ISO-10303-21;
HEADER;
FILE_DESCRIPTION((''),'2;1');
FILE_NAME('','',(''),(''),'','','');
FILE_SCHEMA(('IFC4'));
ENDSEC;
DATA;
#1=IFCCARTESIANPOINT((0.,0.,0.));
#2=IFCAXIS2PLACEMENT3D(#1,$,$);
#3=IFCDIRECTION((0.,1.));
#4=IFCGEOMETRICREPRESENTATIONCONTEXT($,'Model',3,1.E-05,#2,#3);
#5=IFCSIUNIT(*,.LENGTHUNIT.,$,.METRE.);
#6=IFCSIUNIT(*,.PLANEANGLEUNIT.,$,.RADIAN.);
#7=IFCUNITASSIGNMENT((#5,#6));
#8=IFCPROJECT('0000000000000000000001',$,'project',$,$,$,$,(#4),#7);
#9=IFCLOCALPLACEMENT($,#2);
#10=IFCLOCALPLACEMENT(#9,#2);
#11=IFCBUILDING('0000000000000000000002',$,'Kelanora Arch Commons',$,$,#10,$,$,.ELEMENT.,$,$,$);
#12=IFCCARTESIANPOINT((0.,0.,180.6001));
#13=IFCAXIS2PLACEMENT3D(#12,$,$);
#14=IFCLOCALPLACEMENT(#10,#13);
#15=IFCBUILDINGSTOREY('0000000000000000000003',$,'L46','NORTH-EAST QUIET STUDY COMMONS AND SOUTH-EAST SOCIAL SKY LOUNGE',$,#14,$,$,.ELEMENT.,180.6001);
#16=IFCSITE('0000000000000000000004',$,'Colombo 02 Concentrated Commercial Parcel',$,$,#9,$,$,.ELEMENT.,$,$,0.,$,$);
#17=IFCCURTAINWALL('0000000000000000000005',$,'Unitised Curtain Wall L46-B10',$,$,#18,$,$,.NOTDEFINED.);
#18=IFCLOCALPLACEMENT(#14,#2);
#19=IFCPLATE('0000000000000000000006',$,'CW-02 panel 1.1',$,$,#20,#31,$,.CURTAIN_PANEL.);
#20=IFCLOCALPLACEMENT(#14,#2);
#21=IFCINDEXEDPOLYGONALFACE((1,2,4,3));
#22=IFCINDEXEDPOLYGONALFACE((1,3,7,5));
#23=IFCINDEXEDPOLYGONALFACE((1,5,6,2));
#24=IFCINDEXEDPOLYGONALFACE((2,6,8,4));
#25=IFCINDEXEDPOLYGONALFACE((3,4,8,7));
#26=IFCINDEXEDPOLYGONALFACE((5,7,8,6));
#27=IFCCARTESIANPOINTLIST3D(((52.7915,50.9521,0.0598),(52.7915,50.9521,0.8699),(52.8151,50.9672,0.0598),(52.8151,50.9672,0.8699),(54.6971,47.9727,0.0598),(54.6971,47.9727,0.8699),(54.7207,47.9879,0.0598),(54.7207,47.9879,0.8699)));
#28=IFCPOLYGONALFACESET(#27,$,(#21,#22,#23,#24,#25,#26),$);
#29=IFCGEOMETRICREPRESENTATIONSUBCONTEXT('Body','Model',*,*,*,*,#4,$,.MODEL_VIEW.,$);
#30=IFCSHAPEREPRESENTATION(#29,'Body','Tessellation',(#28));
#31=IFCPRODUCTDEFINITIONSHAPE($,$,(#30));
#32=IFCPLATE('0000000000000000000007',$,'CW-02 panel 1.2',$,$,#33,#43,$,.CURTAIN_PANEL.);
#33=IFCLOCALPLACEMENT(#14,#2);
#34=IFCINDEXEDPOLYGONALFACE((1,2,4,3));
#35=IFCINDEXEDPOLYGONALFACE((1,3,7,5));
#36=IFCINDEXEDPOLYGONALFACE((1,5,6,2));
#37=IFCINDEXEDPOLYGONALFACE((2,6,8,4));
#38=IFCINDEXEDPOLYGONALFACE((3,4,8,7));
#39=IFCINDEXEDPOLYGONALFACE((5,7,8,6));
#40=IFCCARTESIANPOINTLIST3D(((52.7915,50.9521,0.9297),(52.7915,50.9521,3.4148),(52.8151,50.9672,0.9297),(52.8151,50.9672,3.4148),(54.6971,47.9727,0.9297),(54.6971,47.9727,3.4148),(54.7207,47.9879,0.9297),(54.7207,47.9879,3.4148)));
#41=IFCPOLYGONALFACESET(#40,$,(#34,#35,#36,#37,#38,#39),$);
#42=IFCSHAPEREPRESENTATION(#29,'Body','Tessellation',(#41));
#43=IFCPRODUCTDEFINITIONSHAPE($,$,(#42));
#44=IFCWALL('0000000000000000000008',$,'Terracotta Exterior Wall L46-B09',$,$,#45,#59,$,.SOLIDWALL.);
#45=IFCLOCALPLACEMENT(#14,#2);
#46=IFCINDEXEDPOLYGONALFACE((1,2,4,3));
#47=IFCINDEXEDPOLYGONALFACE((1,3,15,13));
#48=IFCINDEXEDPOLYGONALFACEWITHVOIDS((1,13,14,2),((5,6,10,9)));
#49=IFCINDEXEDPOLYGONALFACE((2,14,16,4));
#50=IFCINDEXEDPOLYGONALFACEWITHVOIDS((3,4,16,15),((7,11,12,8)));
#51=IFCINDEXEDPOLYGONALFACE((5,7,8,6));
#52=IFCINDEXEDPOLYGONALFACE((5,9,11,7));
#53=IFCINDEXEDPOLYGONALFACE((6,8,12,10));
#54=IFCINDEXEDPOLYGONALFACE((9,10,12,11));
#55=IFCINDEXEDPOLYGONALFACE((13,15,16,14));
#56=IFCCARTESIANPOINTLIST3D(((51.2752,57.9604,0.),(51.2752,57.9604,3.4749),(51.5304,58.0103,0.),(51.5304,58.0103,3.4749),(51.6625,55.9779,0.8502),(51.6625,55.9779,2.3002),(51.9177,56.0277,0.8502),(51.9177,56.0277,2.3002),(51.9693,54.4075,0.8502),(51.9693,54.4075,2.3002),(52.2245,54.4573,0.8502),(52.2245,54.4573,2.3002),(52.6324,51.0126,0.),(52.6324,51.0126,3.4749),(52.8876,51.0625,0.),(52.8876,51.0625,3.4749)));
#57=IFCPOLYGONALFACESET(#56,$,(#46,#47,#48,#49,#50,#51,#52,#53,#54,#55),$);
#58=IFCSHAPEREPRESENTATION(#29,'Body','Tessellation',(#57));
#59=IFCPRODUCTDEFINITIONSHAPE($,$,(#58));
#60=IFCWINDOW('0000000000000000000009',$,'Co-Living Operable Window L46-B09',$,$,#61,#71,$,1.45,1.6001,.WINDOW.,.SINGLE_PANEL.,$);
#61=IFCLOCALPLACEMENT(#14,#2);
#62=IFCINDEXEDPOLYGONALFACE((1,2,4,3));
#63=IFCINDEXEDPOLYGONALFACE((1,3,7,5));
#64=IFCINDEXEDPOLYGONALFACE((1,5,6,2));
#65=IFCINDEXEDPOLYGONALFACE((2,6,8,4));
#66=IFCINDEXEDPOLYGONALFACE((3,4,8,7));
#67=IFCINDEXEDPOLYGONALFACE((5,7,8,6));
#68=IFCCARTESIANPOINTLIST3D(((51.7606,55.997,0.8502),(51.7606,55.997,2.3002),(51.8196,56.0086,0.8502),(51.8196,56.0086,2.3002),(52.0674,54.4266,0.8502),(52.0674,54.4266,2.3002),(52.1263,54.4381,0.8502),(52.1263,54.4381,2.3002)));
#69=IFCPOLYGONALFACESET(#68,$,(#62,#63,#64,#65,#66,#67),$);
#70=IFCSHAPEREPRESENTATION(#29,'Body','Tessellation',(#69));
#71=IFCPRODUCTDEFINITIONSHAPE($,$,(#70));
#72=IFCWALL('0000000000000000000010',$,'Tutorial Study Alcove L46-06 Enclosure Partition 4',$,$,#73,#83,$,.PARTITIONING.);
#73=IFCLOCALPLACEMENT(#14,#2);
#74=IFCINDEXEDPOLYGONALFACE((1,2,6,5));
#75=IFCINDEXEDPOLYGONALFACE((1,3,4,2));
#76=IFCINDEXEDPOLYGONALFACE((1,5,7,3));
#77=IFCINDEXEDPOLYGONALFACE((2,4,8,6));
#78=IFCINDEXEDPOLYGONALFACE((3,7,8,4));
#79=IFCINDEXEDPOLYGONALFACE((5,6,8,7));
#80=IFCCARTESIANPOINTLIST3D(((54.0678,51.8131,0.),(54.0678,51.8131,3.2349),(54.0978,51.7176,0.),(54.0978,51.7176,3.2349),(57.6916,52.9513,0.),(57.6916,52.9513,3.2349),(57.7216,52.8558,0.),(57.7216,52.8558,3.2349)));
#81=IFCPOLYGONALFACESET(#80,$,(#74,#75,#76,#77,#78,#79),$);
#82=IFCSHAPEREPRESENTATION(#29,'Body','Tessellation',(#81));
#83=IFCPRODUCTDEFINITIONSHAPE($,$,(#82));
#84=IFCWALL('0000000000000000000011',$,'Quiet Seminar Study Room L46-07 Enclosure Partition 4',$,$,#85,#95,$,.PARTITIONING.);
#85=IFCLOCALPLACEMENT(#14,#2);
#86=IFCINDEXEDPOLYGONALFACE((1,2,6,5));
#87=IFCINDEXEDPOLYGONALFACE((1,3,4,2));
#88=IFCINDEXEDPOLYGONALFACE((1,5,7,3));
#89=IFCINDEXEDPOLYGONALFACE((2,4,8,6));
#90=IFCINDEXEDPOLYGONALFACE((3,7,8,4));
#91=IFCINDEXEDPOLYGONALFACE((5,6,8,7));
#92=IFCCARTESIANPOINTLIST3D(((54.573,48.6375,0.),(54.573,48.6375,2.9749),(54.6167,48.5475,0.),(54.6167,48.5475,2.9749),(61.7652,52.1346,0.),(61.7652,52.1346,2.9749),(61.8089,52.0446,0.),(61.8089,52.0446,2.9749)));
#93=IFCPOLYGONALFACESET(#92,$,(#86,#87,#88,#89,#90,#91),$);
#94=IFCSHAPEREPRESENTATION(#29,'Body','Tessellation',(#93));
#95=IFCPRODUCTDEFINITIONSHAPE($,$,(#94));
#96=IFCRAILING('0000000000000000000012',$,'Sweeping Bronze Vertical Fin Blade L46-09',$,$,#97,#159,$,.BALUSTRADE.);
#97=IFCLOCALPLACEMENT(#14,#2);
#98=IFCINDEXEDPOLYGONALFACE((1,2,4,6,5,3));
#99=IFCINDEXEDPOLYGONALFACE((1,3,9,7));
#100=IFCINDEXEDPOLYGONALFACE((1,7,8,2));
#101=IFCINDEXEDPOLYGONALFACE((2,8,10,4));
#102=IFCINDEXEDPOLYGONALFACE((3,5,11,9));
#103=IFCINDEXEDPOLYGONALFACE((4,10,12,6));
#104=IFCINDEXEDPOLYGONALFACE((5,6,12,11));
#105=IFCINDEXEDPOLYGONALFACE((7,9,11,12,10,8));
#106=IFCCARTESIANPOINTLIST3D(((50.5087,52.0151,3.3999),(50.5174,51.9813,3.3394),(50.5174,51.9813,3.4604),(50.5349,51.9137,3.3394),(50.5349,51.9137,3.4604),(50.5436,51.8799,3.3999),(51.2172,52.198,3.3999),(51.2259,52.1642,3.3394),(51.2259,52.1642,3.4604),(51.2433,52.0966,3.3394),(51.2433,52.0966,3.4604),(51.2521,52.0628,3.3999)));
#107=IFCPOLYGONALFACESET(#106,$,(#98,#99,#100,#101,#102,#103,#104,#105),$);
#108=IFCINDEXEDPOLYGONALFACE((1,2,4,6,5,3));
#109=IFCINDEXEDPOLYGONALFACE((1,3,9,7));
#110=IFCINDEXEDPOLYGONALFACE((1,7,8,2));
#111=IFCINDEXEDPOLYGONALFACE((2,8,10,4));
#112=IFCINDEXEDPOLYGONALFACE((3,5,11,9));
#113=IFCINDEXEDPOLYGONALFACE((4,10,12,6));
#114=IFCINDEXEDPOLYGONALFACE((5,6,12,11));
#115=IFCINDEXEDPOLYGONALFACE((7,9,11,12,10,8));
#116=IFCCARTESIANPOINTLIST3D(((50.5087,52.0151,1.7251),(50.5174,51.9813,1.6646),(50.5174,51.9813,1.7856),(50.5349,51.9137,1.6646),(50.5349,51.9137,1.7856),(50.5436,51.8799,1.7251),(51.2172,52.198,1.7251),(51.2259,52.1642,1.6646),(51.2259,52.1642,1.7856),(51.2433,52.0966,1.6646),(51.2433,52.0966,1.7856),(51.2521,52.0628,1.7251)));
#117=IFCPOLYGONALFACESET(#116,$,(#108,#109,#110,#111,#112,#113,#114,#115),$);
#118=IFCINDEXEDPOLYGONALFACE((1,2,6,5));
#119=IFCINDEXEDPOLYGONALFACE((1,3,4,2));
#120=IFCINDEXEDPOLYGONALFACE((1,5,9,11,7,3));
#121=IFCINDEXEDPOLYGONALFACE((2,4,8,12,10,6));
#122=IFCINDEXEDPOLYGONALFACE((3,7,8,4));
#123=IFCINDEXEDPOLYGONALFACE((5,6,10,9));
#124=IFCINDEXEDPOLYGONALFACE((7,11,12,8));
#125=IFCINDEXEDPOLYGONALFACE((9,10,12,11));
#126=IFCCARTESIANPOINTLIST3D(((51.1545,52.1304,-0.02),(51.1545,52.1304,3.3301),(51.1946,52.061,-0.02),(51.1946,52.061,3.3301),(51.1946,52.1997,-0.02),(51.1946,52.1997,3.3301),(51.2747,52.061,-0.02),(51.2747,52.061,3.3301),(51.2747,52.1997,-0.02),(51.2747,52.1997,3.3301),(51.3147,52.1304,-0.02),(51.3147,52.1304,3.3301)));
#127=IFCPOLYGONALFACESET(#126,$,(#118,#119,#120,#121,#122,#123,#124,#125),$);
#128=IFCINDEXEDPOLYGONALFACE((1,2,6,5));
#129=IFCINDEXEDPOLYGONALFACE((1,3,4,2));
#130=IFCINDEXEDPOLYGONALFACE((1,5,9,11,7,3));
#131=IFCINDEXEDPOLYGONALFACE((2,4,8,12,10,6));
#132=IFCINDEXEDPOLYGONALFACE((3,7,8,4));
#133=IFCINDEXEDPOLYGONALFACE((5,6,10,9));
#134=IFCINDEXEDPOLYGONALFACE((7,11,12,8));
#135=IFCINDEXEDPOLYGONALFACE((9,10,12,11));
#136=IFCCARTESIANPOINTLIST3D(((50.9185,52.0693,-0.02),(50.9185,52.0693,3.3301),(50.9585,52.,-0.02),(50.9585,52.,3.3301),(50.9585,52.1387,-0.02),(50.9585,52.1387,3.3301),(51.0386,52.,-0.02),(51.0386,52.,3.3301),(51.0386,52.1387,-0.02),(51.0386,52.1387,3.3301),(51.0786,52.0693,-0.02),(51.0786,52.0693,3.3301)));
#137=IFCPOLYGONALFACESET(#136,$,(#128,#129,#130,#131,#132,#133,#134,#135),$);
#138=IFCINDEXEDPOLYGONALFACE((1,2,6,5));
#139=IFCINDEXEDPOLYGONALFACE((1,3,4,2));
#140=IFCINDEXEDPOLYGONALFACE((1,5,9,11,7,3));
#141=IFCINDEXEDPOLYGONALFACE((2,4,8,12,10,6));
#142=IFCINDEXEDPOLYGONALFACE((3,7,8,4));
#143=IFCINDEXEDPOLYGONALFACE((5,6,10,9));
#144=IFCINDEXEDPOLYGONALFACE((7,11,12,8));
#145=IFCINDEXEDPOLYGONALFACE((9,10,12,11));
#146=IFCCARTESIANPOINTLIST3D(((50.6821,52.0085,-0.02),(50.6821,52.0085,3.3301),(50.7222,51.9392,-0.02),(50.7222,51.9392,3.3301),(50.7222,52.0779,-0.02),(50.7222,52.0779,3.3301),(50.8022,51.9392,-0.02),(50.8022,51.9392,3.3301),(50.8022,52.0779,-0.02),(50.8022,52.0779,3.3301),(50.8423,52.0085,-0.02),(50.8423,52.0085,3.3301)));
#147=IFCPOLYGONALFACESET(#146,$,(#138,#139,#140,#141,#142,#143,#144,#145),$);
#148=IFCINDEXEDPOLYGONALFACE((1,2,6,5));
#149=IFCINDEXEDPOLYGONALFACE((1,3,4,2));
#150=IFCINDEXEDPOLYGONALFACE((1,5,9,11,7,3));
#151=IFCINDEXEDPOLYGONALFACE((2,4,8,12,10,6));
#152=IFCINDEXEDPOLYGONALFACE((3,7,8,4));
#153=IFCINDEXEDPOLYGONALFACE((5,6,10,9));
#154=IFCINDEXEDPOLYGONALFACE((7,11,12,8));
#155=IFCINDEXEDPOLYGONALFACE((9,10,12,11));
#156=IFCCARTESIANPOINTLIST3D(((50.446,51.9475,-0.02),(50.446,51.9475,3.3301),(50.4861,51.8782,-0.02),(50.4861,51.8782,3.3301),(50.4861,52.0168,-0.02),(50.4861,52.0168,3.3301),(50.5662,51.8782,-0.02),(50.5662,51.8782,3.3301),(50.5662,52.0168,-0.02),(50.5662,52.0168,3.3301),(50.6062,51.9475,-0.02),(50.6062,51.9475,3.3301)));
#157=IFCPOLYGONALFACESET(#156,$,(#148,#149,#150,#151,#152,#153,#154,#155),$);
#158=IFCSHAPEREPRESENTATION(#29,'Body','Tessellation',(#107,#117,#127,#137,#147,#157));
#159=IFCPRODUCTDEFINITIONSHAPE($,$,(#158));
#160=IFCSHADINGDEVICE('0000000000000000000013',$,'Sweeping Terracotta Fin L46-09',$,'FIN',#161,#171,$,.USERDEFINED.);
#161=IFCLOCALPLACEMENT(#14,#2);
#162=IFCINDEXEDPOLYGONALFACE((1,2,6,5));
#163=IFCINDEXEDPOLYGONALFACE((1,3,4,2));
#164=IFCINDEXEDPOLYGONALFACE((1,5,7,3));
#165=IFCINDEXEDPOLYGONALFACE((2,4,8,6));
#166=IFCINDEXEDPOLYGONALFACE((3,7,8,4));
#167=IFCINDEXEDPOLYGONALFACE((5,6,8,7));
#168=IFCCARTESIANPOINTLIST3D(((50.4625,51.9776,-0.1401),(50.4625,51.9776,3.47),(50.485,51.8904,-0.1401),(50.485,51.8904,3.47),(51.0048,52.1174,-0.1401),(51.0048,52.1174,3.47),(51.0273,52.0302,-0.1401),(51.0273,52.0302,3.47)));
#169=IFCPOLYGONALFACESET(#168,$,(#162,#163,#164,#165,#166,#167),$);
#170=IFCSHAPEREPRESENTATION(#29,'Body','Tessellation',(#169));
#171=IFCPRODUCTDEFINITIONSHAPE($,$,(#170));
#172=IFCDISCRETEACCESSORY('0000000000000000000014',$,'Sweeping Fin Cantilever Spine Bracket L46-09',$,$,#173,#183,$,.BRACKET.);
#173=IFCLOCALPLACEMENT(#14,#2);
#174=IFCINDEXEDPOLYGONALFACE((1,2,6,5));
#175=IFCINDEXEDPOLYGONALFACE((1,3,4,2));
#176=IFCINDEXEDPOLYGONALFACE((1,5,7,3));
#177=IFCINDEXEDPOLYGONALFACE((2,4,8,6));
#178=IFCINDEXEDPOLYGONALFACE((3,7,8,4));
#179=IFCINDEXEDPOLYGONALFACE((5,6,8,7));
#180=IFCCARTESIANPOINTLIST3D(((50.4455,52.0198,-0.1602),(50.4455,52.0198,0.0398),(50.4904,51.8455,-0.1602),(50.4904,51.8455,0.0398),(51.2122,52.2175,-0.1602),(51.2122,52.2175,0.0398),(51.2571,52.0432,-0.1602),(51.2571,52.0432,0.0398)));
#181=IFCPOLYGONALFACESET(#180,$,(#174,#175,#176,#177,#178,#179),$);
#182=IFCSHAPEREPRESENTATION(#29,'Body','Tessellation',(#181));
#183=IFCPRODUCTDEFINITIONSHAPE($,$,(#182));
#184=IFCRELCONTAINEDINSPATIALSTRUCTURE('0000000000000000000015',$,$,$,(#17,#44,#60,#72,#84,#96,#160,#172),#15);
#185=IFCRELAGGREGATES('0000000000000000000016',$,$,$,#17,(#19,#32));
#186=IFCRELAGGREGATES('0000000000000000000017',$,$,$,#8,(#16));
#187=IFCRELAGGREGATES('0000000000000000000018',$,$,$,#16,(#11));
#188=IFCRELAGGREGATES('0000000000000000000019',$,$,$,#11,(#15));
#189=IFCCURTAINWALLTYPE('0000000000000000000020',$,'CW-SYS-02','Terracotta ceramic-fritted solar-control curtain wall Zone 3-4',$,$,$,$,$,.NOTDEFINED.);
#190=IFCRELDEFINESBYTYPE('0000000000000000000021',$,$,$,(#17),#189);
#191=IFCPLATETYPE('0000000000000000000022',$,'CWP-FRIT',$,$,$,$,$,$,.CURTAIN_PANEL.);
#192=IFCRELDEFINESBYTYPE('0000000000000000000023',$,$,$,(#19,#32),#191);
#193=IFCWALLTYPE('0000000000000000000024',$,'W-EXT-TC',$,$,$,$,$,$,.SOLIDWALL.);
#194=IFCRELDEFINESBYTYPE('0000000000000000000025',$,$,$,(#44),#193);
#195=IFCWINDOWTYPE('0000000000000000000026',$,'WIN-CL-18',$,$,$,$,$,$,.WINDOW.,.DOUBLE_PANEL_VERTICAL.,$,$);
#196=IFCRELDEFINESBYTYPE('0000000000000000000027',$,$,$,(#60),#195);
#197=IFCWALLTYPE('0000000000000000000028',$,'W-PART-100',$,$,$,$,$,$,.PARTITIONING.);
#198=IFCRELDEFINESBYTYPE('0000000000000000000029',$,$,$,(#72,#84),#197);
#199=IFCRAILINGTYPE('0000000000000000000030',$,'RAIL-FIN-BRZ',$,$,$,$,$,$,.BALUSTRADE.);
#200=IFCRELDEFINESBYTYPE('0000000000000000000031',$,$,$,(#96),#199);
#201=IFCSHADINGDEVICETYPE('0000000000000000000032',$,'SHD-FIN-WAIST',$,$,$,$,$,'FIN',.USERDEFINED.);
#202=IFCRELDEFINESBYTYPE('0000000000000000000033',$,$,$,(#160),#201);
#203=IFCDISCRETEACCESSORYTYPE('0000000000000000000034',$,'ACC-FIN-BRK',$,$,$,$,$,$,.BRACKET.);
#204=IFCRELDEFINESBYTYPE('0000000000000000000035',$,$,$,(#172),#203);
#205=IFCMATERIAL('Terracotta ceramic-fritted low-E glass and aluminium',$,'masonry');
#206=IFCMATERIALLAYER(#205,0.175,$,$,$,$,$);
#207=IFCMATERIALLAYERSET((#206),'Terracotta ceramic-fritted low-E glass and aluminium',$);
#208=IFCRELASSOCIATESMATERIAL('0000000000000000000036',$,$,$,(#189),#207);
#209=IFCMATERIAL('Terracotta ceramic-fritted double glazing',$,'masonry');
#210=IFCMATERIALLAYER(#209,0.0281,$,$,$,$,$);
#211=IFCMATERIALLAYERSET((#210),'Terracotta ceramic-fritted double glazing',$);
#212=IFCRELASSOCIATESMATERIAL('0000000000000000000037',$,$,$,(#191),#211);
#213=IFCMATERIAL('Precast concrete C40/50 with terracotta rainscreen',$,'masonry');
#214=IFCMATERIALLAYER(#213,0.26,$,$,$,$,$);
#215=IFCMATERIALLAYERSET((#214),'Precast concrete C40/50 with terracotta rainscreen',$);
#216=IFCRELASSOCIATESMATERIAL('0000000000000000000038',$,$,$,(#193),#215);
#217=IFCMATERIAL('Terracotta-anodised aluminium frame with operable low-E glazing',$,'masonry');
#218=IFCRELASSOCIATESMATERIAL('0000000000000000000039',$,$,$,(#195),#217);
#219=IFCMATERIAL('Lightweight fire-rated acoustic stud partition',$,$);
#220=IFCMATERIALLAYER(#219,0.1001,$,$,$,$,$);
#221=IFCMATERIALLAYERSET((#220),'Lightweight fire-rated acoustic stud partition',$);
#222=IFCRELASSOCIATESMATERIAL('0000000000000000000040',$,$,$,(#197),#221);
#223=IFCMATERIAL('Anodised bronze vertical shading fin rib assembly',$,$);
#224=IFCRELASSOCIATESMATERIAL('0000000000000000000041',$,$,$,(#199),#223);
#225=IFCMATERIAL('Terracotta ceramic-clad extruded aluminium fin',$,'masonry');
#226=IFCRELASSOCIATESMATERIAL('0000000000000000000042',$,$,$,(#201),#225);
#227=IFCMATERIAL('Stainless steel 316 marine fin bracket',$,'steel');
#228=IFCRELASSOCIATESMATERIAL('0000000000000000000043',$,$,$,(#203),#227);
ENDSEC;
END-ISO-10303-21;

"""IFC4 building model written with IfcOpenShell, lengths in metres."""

from ifc_helpers import new_model, si_unit, direction, frame, frame_2d, origin, origin_2d, place, context, subcontext, project, spatial, polyline, rectangle, outline, extrude, source, transform, mapped, material, layer, layer_set, type_object, element, fill, aggregate, save


model = new_model("IFC4")

# Units and contexts
model_context = context("Model", 3, precision=1e-05, world=origin(), true_north=direction((0.0, 1.0)))
body_context = subcontext(model_context, "Body", "Model", "MODEL_VIEW")
ifc_project = project(units=[si_unit("LENGTHUNIT", "METRE"), si_unit("PLANEANGLEUNIT", "RADIAN")], contexts=[model_context])

# Site, building, storey
site_placement = place(None, origin())
site = spatial("IfcSite", under=ifc_project, at=site_placement, Name="Colombo 02 Concentrated Commercial Parcel", CompositionType="ELEMENT", RefElevation=0.0)
building_placement = place(site_placement, origin())
building = spatial("IfcBuilding", under=site, at=building_placement, Name="Kelanora Arch Commons", CompositionType="ELEMENT")
storey_placement = place(building_placement, frame((0.0, 0.0, 180.6001)))
storey = spatial("IfcBuildingStorey", under=building, at=storey_placement, Name="L46", Description="NORTH-EAST QUIET STUDY COMMONS AND SOUTH-EAST SOCIAL SKY LOUNGE", CompositionType="ELEMENT", Elevation=180.6001)

# Shared definitions
ifc_material_1 = material(Name="Terracotta ceramic-fritted low-E glass and aluminium", Category="masonry")
ifc_layer_1 = layer(ifc_material_1, 0.175)
ifc_layer_set_1 = layer_set([ifc_layer_1], Name="Terracotta ceramic-fritted low-E glass and aluminium")
curtain_wall_type = type_object("IfcCurtainWallType", Name="CW-SYS-02", Description="Terracotta ceramic-fritted solar-control curtain wall Zone 3-4", PredefinedType="NOTDEFINED", material=ifc_layer_set_1)

# Curtain wall
curtain_wall_1_placement = place(storey_placement, origin())
curtain_wall_1 = element("IfcCurtainWall", 1, at=curtain_wall_1_placement, inside=storey, type_object=curtain_wall_type, Name="Unitised Curtain Wall L46-B10", PredefinedType="NOTDEFINED")

# Plates
ifc_material_2 = material(Name="Terracotta ceramic-fritted double glazing", Category="masonry")
ifc_layer_2 = layer(ifc_material_2, 0.0281)
ifc_layer_set_2 = layer_set([ifc_layer_2], Name="Terracotta ceramic-fritted double glazing")
plate_type = type_object("IfcPlateType", Name="CWP-FRIT", PredefinedType="CURTAIN_PANEL", material=ifc_layer_set_2)
shared_shape_1 = source(origin(), body_context, "Body", "SweptSolid", [
    extrude(rectangle(XDim=3.5366, YDim=0.0281, at=origin_2d()), origin(), (0.0, 0.0, 1.0), 0.8101),
])
plate_1_placement = place(storey_placement, frame((53.7561, 49.47, 0.0598), z_axis=(0.0, 0.0, 1.0), x_axis=(0.538817, -0.842423, 0.0)))
plate_1 = element("IfcPlate", 2, at=plate_1_placement, type_object=plate_type, Name="CW-02 panel 1.1", PredefinedType="CURTAIN_PANEL", context=body_context, shape_type="MappedRepresentation", body=[
    mapped(shared_shape_1, transform((0.0, 0.0, 0.0), scale=1.0)),
])
shared_shape_2 = source(origin(), body_context, "Body", "SweptSolid", [
    extrude(rectangle(XDim=3.5366, YDim=0.0281, at=origin_2d()), origin(), (0.0, 0.0, 1.0), 2.4851),
])
plate_2_placement = place(storey_placement, frame((53.7561, 49.47, 0.9297), z_axis=(0.0, 0.0, 1.0), x_axis=(0.538817, -0.842423, 0.0)))
plate_2 = element("IfcPlate", 3, at=plate_2_placement, type_object=plate_type, Name="CW-02 panel 1.2", PredefinedType="CURTAIN_PANEL", context=body_context, shape_type="MappedRepresentation", body=[
    mapped(shared_shape_2, transform((0.0, 0.0, 0.0), scale=1.0)),
])
aggregate(curtain_wall_1, [plate_1, plate_2])

# Wall, opening, window
ifc_material_3 = material(Name="Precast concrete C40/50 with terracotta rainscreen", Category="masonry")
ifc_layer_3 = layer(ifc_material_3, 0.26)
ifc_layer_set_3 = layer_set([ifc_layer_3], Name="Precast concrete C40/50 with terracotta rainscreen")
wall_type_1 = type_object("IfcWallType", Name="W-EXT-TC", PredefinedType="SOLIDWALL", material=ifc_layer_set_3)
wall_1_placement = place(storey_placement, frame((51.4028, 57.9854, 0.0), z_axis=(0.0, 0.0, 1.0), x_axis=(0.191717, -0.98145, 0.0)))
wall_1 = element("IfcWall", 4, at=wall_1_placement, inside=storey, type_object=wall_type_1, Name="Terracotta Exterior Wall L46-B09", PredefinedType="SOLIDWALL", context=body_context, shape_type="SweptSolid", body=[
    extrude(rectangle(XDim=7.0791, YDim=0.26, at=frame_2d((3.5396, 0.0))), origin(), (0.0, 0.0, 1.0), 3.4749),
])
opening_placement = place(wall_1_placement, frame((2.02, 0.0, 0.8501)))
opening = element("IfcOpeningElement", 5, at=opening_placement, cuts=wall_1, PredefinedType="OPENING", context=body_context, shape_type="SweptSolid", body=[
    extrude(rectangle(XDim=1.6001, YDim=1.45, at=frame_2d((0.8, 0.7251))), frame((0.0, 0.1401, 0.0), z_axis=(0.0, -1.0, 0.0), x_axis=(1.0, 0.0, 0.0)), (0.0, 0.0, 1.0), 0.28),
])
ifc_material_4 = material(Name="Terracotta-anodised aluminium frame with operable low-E glazing", Category="masonry")
window_type = type_object("IfcWindowType", Name="WIN-CL-18", PartitioningType="DOUBLE_PANEL_VERTICAL", PredefinedType="WINDOW", material=ifc_material_4)
window_placement = place(opening_placement, origin())
window = element("IfcWindow", 6, at=window_placement, inside=storey, type_object=window_type, Name="Co-Living Operable Window L46-B09", OverallHeight=1.45, OverallWidth=1.6001, PartitioningType="SINGLE_PANEL", PredefinedType="WINDOW", context=body_context, shape_type="SweptSolid", body=[
    extrude(rectangle(XDim=1.6001, YDim=1.45, at=frame_2d((0.8, 0.7251))), frame((0.0, 0.03, 0.0), z_axis=(0.0, -1.0, 0.0), x_axis=(1.0, 0.0, 0.0)), (0.0, 0.0, 1.0), 0.0601),
])
fill(opening, window)

# Walls
ifc_material_5 = material(Name="Lightweight fire-rated acoustic stud partition")
ifc_layer_4 = layer(ifc_material_5, 0.1001)
ifc_layer_set_4 = layer_set([ifc_layer_4], Name="Lightweight fire-rated acoustic stud partition")
wall_type_2 = type_object("IfcWallType", Name="W-PART-100", PredefinedType="PARTITIONING", material=ifc_layer_set_4)
wall_2_placement = place(storey_placement, frame((54.0828, 51.7654, 0.0), z_axis=(0.0, 0.0, 1.0), x_axis=(0.954048, 0.299654, 0.0)))
element("IfcWall", 7, at=wall_2_placement, inside=storey, type_object=wall_type_2, Name="Tutorial Study Alcove L46-06 Enclosure Partition 4", PredefinedType="PARTITIONING", context=body_context, shape_type="SweptSolid", body=[
    extrude(rectangle(XDim=3.7983, YDim=0.1001, at=frame_2d((1.8992, 0.0))), origin(), (0.0, 0.0, 1.0), 3.2349),
])
wall_3_placement = place(storey_placement, frame((54.595, 48.5925, 0.0), z_axis=(0.0, 0.0, 1.0), x_axis=(0.899324, 0.437283, 0.0)))
element("IfcWall", 8, at=wall_3_placement, inside=storey, type_object=wall_type_2, Name="Quiet Seminar Study Room L46-07 Enclosure Partition 4", PredefinedType="PARTITIONING", context=body_context, shape_type="SweptSolid", body=[
    extrude(rectangle(XDim=7.9973, YDim=0.1001, at=frame_2d((3.9985, 0.0))), origin(), (0.0, 0.0, 1.0), 2.9749),
])

# Railing
ifc_material_6 = material(Name="Anodised bronze vertical shading fin rib assembly")
railing_type = type_object("IfcRailingType", Name="RAIL-FIN-BRZ", PredefinedType="BALUSTRADE", material=ifc_material_6)
railing_placement = place(storey_placement, frame((51.2346, 52.1304, -0.02)))
element("IfcRailing", 9, at=railing_placement, inside=storey, type_object=railing_type, Name="Sweeping Bronze Vertical Fin Blade L46-09", PredefinedType="BALUSTRADE", context=body_context, shape_type="SweptSolid", body=[
    extrude(outline(polyline([(0.0698, 0.0), (0.0349, 0.0605), (-0.0349, 0.0605), (-0.0698, 0.0), (-0.0349, -0.0605), (0.0349, -0.0605), (0.0698, 0.0)])), frame((0.0, 0.0, 3.4199), z_axis=(-0.96827, -0.249908, 0.0), x_axis=(0.249908, -0.96827, 0.0)), (0.0, 0.0, 1.0), 0.7317),
    extrude(outline(polyline([(0.0698, 0.0), (0.0349, 0.0605), (-0.0349, 0.0605), (-0.0698, 0.0), (-0.0349, -0.0605), (0.0349, -0.0605), (0.0698, 0.0)])), frame((0.0, 0.0, 1.7451), z_axis=(-0.96827, -0.249908, 0.0), x_axis=(0.249908, -0.96827, 0.0)), (0.0, 0.0, 1.0), 0.7317),
    extrude(outline(polyline([(0.0801, 0.0), (0.04, 0.0693), (-0.04, 0.0693), (-0.0801, 0.0), (-0.04, -0.0693), (0.04, -0.0693), (0.0801, 0.0)])), origin(), (0.0, 0.0, 1.0), 3.3501),
    extrude(outline(polyline([(0.0801, 0.0), (0.04, 0.0693), (-0.04, 0.0693), (-0.0801, 0.0), (-0.04, -0.0693), (0.04, -0.0693), (0.0801, 0.0)])), frame((-0.2361, -0.061, 0.0)), (0.0, 0.0, 1.0), 3.3501),
    extrude(outline(polyline([(0.0801, 0.0), (0.04, 0.0693), (-0.04, 0.0693), (-0.0801, 0.0), (-0.04, -0.0693), (0.04, -0.0693), (0.0801, 0.0)])), frame((-0.4724, -0.1218, 0.0)), (0.0, 0.0, 1.0), 3.3501),
    extrude(outline(polyline([(0.0801, 0.0), (0.04, 0.0693), (-0.04, 0.0693), (-0.0801, 0.0), (-0.04, -0.0693), (0.04, -0.0693), (0.0801, 0.0)])), frame((-0.7085, -0.1829, 0.0)), (0.0, 0.0, 1.0), 3.3501),
])

# Shading device
ifc_material_7 = material(Name="Terracotta ceramic-clad extruded aluminium fin", Category="masonry")
shading_device_type = type_object("IfcShadingDeviceType", Name="SHD-FIN-WAIST", ElementType="FIN", PredefinedType="USERDEFINED", material=ifc_material_7)
shared_shape_3 = source(origin(), body_context, "Body", "SweptSolid", [
    extrude(rectangle(XDim=0.5601, YDim=0.0901, at=origin_2d()), origin(), (0.0, 0.0, 1.0), 3.6101),
])
shading_device_placement = place(storey_placement, frame((50.7449, 52.0039, -0.1401), z_axis=(0.0, 0.0, 1.0), x_axis=(-0.968322, -0.249704, 0.0)))
element("IfcShadingDevice", 10, at=shading_device_placement, inside=storey, type_object=shading_device_type, Name="Sweeping Terracotta Fin L46-09", ObjectType="FIN", PredefinedType="USERDEFINED", context=body_context, shape_type="MappedRepresentation", body=[
    mapped(shared_shape_3, transform((0.0, 0.0, 0.0), scale=1.0)),
])

# Discrete accessory
ifc_material_8 = material(Name="Stainless steel 316 marine fin bracket", Category="steel")
discrete_accessory_type = type_object("IfcDiscreteAccessoryType", Name="ACC-FIN-BRK", PredefinedType="BRACKET", material=ifc_material_8)
shared_shape_4 = source(origin(), body_context, "Body", "SweptSolid", [
    extrude(rectangle(XDim=0.7917, YDim=0.1799, at=origin_2d()), origin(), (0.0, 0.0, 1.0), 0.2),
])
discrete_accessory_placement = place(storey_placement, frame((50.8513, 52.0315, -0.1602), z_axis=(0.0, 0.0, 1.0), x_axis=(-0.968322, -0.249704, 0.0)))
element("IfcDiscreteAccessory", 11, at=discrete_accessory_placement, inside=storey, type_object=discrete_accessory_type, Name="Sweeping Fin Cantilever Spine Bracket L46-09", PredefinedType="BRACKET", context=body_context, shape_type="MappedRepresentation", body=[
    mapped(shared_shape_4, transform((0.0, 0.0, 0.0), scale=1.0)),
])

save(model, "model.ifc")
